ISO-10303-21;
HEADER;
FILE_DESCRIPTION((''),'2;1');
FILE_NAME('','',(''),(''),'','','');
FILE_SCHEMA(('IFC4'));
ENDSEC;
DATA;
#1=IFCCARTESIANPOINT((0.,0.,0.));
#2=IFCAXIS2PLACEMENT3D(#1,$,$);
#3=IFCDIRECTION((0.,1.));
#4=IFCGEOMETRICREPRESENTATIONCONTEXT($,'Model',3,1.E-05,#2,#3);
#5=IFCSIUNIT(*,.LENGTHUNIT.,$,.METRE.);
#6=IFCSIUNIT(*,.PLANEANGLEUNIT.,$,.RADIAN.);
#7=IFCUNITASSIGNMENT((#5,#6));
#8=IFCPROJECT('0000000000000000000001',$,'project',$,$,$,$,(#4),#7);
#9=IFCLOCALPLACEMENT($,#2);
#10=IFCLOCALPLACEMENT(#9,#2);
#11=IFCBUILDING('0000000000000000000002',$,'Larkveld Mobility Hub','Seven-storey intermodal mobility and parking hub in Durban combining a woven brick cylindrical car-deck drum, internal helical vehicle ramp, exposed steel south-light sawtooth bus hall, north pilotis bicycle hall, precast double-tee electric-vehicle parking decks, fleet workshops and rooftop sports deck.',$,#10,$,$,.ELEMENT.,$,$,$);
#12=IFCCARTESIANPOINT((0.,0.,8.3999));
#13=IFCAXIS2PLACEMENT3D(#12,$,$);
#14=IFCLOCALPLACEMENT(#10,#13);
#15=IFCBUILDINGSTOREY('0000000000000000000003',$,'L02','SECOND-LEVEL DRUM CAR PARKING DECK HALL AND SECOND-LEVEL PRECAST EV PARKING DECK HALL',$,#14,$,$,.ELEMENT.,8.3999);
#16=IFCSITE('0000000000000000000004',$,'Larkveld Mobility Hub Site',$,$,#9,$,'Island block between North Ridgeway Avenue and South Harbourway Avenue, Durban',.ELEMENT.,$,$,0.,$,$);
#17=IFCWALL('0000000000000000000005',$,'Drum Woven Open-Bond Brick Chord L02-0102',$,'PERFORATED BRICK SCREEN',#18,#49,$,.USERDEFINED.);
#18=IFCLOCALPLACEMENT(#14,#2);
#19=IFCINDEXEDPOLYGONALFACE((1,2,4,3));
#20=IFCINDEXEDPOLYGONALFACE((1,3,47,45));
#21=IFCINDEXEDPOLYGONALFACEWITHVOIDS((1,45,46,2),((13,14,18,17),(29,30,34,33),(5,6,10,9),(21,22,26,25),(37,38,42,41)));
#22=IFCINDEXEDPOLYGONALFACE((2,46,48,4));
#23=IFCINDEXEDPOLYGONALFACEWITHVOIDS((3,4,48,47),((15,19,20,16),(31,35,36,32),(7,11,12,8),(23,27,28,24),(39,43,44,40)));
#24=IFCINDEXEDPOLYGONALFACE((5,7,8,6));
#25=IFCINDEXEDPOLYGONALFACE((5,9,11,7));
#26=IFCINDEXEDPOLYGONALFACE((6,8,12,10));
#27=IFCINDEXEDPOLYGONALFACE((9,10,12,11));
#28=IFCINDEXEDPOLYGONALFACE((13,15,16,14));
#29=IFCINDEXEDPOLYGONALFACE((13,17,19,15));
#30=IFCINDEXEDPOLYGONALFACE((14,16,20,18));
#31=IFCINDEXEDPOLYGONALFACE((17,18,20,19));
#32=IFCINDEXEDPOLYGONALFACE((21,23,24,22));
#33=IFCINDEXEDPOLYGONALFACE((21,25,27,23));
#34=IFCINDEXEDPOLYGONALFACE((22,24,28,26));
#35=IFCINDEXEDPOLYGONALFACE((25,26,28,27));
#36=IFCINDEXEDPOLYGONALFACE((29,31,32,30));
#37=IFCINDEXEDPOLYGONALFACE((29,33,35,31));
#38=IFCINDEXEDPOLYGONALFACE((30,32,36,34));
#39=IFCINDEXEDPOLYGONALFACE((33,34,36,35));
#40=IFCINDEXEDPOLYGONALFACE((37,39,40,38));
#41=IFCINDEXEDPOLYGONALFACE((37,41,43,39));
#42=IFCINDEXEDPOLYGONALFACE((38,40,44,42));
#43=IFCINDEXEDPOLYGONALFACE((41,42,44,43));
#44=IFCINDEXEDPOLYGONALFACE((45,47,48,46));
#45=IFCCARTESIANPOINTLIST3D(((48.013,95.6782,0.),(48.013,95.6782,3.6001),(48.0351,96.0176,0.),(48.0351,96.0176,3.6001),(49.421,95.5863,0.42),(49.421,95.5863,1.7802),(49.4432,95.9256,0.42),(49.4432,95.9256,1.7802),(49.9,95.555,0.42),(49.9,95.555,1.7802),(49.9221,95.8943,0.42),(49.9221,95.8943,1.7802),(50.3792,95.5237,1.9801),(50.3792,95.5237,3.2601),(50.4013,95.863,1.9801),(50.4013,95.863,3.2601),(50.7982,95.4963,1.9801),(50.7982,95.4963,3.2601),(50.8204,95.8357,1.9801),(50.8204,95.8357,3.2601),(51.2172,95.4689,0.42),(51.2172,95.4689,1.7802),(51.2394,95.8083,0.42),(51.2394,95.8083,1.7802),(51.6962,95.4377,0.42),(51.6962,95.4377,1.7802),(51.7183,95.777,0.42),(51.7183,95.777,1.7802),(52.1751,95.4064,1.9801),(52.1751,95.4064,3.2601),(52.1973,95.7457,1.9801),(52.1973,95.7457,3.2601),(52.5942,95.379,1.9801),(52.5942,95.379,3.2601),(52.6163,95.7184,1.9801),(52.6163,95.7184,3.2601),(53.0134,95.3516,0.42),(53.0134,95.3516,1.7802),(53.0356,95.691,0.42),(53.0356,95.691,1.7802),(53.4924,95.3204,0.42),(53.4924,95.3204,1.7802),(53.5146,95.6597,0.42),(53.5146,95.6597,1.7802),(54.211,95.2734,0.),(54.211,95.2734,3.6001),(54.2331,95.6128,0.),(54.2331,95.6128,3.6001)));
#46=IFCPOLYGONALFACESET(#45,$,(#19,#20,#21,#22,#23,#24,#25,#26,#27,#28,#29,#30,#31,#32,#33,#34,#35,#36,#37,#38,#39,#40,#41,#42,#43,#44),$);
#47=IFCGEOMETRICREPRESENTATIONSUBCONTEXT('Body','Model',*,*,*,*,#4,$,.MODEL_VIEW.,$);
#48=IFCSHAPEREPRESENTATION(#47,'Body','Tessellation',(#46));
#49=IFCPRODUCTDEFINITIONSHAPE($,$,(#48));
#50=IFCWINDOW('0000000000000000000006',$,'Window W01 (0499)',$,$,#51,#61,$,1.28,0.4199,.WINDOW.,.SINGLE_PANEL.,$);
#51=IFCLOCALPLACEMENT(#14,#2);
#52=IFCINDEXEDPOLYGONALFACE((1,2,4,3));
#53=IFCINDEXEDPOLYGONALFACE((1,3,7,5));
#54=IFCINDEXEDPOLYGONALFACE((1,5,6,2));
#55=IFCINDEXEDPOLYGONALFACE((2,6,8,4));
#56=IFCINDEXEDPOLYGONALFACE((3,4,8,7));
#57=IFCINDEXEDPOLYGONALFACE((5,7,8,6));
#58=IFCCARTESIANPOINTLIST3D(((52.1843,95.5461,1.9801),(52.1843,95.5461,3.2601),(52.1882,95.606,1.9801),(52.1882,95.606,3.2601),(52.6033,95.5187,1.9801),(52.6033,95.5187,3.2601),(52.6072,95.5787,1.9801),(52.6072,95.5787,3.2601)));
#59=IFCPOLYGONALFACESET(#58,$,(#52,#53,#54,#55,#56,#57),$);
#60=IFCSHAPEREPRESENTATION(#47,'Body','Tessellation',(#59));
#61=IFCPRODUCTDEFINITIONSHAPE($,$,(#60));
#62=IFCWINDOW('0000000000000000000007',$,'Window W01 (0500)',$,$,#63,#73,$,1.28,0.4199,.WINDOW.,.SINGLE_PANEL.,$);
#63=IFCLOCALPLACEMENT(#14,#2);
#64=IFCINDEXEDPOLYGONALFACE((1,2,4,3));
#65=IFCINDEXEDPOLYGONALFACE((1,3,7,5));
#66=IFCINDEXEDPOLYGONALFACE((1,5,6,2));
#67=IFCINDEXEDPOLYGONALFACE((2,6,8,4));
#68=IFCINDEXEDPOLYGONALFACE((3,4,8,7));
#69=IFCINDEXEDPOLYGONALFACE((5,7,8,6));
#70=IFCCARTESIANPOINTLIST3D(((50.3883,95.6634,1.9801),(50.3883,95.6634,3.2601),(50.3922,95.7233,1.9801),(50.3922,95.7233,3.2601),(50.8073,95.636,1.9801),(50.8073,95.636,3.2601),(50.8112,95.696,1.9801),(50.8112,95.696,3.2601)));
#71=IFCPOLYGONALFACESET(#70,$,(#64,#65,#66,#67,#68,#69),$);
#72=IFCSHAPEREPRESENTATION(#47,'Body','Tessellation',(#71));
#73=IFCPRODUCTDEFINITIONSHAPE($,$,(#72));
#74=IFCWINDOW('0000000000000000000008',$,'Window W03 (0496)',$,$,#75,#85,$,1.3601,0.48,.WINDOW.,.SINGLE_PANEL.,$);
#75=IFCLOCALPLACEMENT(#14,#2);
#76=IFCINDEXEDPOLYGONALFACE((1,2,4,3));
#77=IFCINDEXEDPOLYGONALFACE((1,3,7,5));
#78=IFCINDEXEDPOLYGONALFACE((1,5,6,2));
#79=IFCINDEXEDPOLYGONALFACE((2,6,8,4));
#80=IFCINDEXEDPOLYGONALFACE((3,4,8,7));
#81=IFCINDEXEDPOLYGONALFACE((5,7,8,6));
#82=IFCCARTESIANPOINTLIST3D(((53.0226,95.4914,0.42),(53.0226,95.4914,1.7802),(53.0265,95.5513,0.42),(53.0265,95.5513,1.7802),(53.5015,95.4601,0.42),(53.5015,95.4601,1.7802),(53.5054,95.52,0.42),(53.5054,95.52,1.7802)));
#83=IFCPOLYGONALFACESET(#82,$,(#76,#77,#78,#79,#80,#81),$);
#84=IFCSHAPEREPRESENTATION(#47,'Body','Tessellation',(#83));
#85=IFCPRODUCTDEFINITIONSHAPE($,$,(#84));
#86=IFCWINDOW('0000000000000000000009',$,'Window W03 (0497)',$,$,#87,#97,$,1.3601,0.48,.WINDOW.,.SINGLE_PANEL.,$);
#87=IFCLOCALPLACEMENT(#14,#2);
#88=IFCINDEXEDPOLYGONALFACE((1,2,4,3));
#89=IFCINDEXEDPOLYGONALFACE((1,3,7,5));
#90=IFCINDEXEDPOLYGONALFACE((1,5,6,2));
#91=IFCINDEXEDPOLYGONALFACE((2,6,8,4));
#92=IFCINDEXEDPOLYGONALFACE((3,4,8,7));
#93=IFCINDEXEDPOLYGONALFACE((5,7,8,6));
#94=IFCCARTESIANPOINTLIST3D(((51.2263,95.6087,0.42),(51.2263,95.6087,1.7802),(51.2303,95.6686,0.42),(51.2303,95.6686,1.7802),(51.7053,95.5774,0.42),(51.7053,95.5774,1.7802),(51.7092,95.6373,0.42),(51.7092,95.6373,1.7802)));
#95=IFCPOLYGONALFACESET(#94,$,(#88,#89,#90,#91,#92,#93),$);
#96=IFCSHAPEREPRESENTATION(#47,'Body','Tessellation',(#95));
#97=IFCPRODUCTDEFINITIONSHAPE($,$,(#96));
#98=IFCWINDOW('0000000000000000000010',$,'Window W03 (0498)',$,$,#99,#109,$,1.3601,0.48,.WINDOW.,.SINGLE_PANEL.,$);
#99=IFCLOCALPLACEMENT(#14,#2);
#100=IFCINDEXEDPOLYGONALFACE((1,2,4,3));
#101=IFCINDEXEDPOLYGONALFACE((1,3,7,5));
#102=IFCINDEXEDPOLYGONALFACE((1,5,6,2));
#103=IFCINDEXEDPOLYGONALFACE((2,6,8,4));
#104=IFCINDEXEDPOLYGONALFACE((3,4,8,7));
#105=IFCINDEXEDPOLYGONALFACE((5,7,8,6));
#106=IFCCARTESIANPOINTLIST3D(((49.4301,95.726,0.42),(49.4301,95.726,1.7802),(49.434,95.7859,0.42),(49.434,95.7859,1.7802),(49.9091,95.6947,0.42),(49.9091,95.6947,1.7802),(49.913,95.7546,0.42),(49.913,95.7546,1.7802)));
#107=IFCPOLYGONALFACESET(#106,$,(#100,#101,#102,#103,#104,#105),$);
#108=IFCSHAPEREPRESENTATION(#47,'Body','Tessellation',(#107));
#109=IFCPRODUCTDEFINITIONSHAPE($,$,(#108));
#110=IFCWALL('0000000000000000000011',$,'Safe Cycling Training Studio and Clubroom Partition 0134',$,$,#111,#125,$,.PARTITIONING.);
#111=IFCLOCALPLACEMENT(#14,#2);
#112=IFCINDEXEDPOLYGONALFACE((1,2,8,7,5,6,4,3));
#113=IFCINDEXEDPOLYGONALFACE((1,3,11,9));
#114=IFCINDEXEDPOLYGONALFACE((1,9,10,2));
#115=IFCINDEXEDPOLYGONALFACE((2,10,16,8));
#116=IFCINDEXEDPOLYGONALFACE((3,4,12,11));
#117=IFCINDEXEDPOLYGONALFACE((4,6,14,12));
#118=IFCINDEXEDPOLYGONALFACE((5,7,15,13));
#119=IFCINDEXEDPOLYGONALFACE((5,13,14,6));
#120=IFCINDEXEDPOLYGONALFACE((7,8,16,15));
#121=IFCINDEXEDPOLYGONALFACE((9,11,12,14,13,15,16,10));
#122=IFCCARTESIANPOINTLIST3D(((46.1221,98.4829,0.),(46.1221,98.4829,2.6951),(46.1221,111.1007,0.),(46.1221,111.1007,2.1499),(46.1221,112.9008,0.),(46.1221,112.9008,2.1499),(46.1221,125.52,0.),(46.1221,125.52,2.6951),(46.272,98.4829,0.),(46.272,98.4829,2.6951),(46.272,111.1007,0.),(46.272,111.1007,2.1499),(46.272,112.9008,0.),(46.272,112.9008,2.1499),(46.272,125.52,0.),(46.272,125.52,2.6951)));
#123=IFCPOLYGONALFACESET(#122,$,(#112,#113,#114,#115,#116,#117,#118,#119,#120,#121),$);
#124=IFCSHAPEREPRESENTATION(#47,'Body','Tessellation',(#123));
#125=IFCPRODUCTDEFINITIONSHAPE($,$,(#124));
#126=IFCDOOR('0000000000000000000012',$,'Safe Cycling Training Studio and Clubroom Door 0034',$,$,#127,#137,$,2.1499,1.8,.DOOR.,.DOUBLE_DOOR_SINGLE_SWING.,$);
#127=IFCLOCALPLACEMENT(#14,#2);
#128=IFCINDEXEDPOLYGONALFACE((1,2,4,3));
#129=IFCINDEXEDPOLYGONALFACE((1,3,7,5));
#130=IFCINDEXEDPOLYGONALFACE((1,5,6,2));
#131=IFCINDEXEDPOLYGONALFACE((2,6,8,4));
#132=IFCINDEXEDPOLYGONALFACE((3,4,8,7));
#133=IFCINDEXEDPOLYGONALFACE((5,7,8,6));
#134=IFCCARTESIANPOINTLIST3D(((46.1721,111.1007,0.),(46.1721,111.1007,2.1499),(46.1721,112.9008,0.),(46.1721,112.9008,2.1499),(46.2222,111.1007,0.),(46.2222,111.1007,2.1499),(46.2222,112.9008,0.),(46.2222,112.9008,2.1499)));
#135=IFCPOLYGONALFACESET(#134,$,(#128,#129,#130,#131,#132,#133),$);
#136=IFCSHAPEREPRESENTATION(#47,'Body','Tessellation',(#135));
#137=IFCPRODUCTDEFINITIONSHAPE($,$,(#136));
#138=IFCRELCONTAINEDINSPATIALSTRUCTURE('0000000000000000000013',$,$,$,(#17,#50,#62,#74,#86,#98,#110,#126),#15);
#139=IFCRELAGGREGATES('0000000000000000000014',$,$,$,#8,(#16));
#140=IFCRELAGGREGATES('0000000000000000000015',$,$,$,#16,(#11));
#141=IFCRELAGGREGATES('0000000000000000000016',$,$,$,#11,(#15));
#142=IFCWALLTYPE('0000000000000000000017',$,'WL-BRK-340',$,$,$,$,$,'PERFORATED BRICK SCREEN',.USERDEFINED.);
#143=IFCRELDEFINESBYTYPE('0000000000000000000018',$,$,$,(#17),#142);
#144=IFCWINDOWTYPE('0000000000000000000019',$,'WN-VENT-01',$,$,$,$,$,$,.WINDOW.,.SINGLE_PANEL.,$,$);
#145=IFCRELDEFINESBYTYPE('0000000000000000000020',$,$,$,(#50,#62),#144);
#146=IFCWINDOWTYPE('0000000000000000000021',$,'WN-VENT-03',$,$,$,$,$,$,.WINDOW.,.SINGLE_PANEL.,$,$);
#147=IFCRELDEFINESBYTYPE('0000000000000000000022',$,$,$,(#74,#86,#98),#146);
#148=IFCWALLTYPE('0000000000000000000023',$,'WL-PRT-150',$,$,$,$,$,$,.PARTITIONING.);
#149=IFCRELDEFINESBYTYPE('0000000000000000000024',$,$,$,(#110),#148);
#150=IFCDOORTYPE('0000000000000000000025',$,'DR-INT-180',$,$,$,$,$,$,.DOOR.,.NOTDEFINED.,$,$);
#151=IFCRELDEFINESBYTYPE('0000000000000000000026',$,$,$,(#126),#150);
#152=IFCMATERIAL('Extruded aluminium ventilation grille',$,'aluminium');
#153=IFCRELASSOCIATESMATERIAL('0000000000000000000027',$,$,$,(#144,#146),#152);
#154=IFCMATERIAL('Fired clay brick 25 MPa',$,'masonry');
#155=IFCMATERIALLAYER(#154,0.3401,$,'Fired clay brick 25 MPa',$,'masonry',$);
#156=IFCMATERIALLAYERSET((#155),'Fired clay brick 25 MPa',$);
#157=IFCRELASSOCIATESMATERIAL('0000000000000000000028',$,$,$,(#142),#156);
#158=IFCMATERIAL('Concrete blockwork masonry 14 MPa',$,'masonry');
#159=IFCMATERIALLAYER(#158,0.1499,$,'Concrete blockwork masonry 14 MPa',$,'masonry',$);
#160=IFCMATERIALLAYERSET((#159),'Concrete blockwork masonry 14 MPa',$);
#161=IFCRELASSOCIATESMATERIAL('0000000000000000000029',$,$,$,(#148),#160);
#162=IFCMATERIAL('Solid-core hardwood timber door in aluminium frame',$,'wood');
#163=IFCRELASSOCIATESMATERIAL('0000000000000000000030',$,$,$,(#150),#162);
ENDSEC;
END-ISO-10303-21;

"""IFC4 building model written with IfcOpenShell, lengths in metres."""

from ifc_helpers import new_model, si_unit, direction, frame, frame_2d, origin, place, context, subcontext, project, spatial, rectangle, extrude, material, layer, layer_set, type_object, element, fill, save


model = new_model("IFC4")

# Units and contexts
model_context = context("Model", 3, precision=1e-05, world=origin(), true_north=direction((0.0, 1.0)))
body_context = subcontext(model_context, "Body", "Model", "MODEL_VIEW")
ifc_project = project(units=[si_unit("LENGTHUNIT", "METRE"), si_unit("PLANEANGLEUNIT", "RADIAN")], contexts=[model_context])

# Site, building, storey
site_placement = place(None, origin())
site = spatial("IfcSite", under=ifc_project, at=site_placement, Name="Larkveld Mobility Hub Site", LongName="Island block between North Ridgeway Avenue and South Harbourway Avenue, Durban", CompositionType="ELEMENT", RefElevation=0.0)
building_placement = place(site_placement, origin())
building = spatial("IfcBuilding", under=site, at=building_placement, Name="Larkveld Mobility Hub", Description="Seven-storey intermodal mobility and parking hub in Durban combining a woven brick cylindrical car-deck drum, internal helical vehicle ramp, exposed steel south-light sawtooth bus hall, north pilotis bicycle hall, precast double-tee electric-vehicle parking decks, fleet workshops and rooftop sports deck.", CompositionType="ELEMENT")
storey_placement = place(building_placement, frame((0.0, 0.0, 8.3999)))
storey = spatial("IfcBuildingStorey", under=building, at=storey_placement, Name="L02", Description="SECOND-LEVEL DRUM CAR PARKING DECK HALL AND SECOND-LEVEL PRECAST EV PARKING DECK HALL", CompositionType="ELEMENT", Elevation=8.3999)

# Wall, openings, windows
ifc_material_1 = material(Name="Fired clay brick 25 MPa", Category="masonry")
ifc_material_2 = material(Name="Extruded aluminium ventilation grille", Category="aluminium")
window_type_1 = type_object("IfcWindowType", Name="WN-VENT-01", PartitioningType="SINGLE_PANEL", PredefinedType="WINDOW", material=ifc_material_2)
ifc_layer_1 = layer(ifc_material_1, 0.3401, Name="Fired clay brick 25 MPa", Category="masonry")
ifc_layer_set_1 = layer_set([ifc_layer_1], Name="Fired clay brick 25 MPa")
wall_type_1 = type_object("IfcWallType", Name="WL-BRK-340", ElementType="PERFORATED BRICK SCREEN", PredefinedType="USERDEFINED", material=ifc_layer_set_1)
wall_1_placement = place(storey_placement, frame((54.2219, 95.4431, 0.0), z_axis=(0.0, 0.0, 1.0), x_axis=(-0.997874, 0.06517, 0.0)))
wall_1 = element("IfcWall", 1, at=wall_1_placement, inside=storey, type_object=wall_type_1, Name="Drum Woven Open-Bond Brick Chord L02-0102", ObjectType="PERFORATED BRICK SCREEN", PredefinedType="USERDEFINED", context=body_context, shape_type="SweptSolid", body=[
    extrude(rectangle(XDim=6.2112, YDim=0.3401, at=frame_2d((3.1055, 0.0))), origin(), (0.0, 0.0, 1.0), 3.6001),
])
opening_1_placement = place(wall_1_placement, frame((0.72, 0.0, 0.4199)))
opening_1 = element("IfcOpeningElement", 2, at=opening_1_placement, cuts=wall_1, PredefinedType="OPENING", context=body_context, shape_type="SweptSolid", body=[
    extrude(rectangle(XDim=0.48, YDim=1.3601, at=frame_2d((0.24, 0.6802))), frame((0.0, 0.1802, 0.0), z_axis=(0.0, -1.0, 0.0), x_axis=(1.0, 0.0, 0.0)), (0.0, 0.0, 1.0), 0.3601),
])
opening_2_placement = place(wall_1_placement, frame((2.52, 0.0, 0.4199)))
opening_2 = element("IfcOpeningElement", 3, at=opening_2_placement, cuts=wall_1, PredefinedType="OPENING", context=body_context, shape_type="SweptSolid", body=[
    extrude(rectangle(XDim=0.48, YDim=1.3601, at=frame_2d((0.24, 0.6802))), frame((0.0, 0.1802, 0.0), z_axis=(0.0, -1.0, 0.0), x_axis=(1.0, 0.0, 0.0)), (0.0, 0.0, 1.0), 0.3601),
])
opening_3_placement = place(wall_1_placement, frame((4.3201, 0.0, 0.4199)))
opening_3 = element("IfcOpeningElement", 4, at=opening_3_placement, cuts=wall_1, PredefinedType="OPENING", context=body_context, shape_type="SweptSolid", body=[
    extrude(rectangle(XDim=0.48, YDim=1.3601, at=frame_2d((0.24, 0.6802))), frame((0.0, 0.1802, 0.0), z_axis=(0.0, -1.0, 0.0), x_axis=(1.0, 0.0, 0.0)), (0.0, 0.0, 1.0), 0.3601),
])
opening_4_placement = place(wall_1_placement, frame((1.6201, 0.0, 1.98)))
opening_4 = element("IfcOpeningElement", 5, at=opening_4_placement, cuts=wall_1, PredefinedType="OPENING", context=body_context, shape_type="SweptSolid", body=[
    extrude(rectangle(XDim=0.4199, YDim=1.28, at=frame_2d((0.21, 0.6401))), frame((0.0, 0.1802, 0.0), z_axis=(0.0, -1.0, 0.0), x_axis=(1.0, 0.0, 0.0)), (0.0, 0.0, 1.0), 0.3601),
])
opening_5_placement = place(wall_1_placement, frame((3.4199, 0.0, 1.98)))
opening_5 = element("IfcOpeningElement", 6, at=opening_5_placement, cuts=wall_1, PredefinedType="OPENING", context=body_context, shape_type="SweptSolid", body=[
    extrude(rectangle(XDim=0.4199, YDim=1.28, at=frame_2d((0.21, 0.6401))), frame((0.0, 0.1802, 0.0), z_axis=(0.0, -1.0, 0.0), x_axis=(1.0, 0.0, 0.0)), (0.0, 0.0, 1.0), 0.3601),
])
window_1_placement = place(opening_4_placement, origin())
window_1 = element("IfcWindow", 7, at=window_1_placement, inside=storey, type_object=window_type_1, Name="Window W01 (0499)", OverallHeight=1.28, OverallWidth=0.4199, PartitioningType="SINGLE_PANEL", PredefinedType="WINDOW", context=body_context, shape_type="SweptSolid", body=[
    extrude(rectangle(XDim=0.4199, YDim=1.28, at=frame_2d((0.21, 0.6401))), frame((0.0, 0.03, 0.0), z_axis=(0.0, -1.0, 0.0), x_axis=(1.0, 0.0, 0.0)), (0.0, 0.0, 1.0), 0.0601),
])
fill(opening_4, window_1)
window_2_placement = place(opening_5_placement, origin())
window_2 = element("IfcWindow", 8, at=window_2_placement, inside=storey, type_object=window_type_1, Name="Window W01 (0500)", OverallHeight=1.28, OverallWidth=0.4199, PartitioningType="SINGLE_PANEL", PredefinedType="WINDOW", context=body_context, shape_type="SweptSolid", body=[
    extrude(rectangle(XDim=0.4199, YDim=1.28, at=frame_2d((0.21, 0.6401))), frame((0.0, 0.03, 0.0), z_axis=(0.0, -1.0, 0.0), x_axis=(1.0, 0.0, 0.0)), (0.0, 0.0, 1.0), 0.0601),
])
fill(opening_5, window_2)
window_type_2 = type_object("IfcWindowType", Name="WN-VENT-03", PartitioningType="SINGLE_PANEL", PredefinedType="WINDOW", material=ifc_material_2)
window_3_placement = place(opening_1_placement, origin())
window_3 = element("IfcWindow", 9, at=window_3_placement, inside=storey, type_object=window_type_2, Name="Window W03 (0496)", OverallHeight=1.3601, OverallWidth=0.48, PartitioningType="SINGLE_PANEL", PredefinedType="WINDOW", context=body_context, shape_type="SweptSolid", body=[
    extrude(rectangle(XDim=0.48, YDim=1.3601, at=frame_2d((0.24, 0.6802))), frame((0.0, 0.03, 0.0), z_axis=(0.0, -1.0, 0.0), x_axis=(1.0, 0.0, 0.0)), (0.0, 0.0, 1.0), 0.0601),
])
fill(opening_1, window_3)
window_4_placement = place(opening_2_placement, origin())
window_4 = element("IfcWindow", 10, at=window_4_placement, inside=storey, type_object=window_type_2, Name="Window W03 (0497)", OverallHeight=1.3601, OverallWidth=0.48, PartitioningType="SINGLE_PANEL", PredefinedType="WINDOW", context=body_context, shape_type="SweptSolid", body=[
    extrude(rectangle(XDim=0.48, YDim=1.3601, at=frame_2d((0.24, 0.6802))), frame((0.0, 0.03, 0.0), z_axis=(0.0, -1.0, 0.0), x_axis=(1.0, 0.0, 0.0)), (0.0, 0.0, 1.0), 0.0601),
])
fill(opening_2, window_4)
window_5_placement = place(opening_3_placement, origin())
window_5 = element("IfcWindow", 11, at=window_5_placement, inside=storey, type_object=window_type_2, Name="Window W03 (0498)", OverallHeight=1.3601, OverallWidth=0.48, PartitioningType="SINGLE_PANEL", PredefinedType="WINDOW", context=body_context, shape_type="SweptSolid", body=[
    extrude(rectangle(XDim=0.48, YDim=1.3601, at=frame_2d((0.24, 0.6802))), frame((0.0, 0.03, 0.0), z_axis=(0.0, -1.0, 0.0), x_axis=(1.0, 0.0, 0.0)), (0.0, 0.0, 1.0), 0.0601),
])
fill(opening_3, window_5)

# Wall, opening, door
ifc_material_3 = material(Name="Concrete blockwork masonry 14 MPa", Category="masonry")
ifc_layer_2 = layer(ifc_material_3, 0.1499, Name="Concrete blockwork masonry 14 MPa", Category="masonry")
ifc_layer_set_2 = layer_set([ifc_layer_2], Name="Concrete blockwork masonry 14 MPa")
wall_type_2 = type_object("IfcWallType", Name="WL-PRT-150", PredefinedType="PARTITIONING", material=ifc_layer_set_2)
wall_2_placement = place(storey_placement, frame((46.197, 98.4829, 0.0), z_axis=(0.0, 0.0, 1.0), x_axis=(0.0, 1.0, 0.0)))
wall_2 = element("IfcWall", 12, at=wall_2_placement, inside=storey, type_object=wall_type_2, Name="Safe Cycling Training Studio and Clubroom Partition 0134", PredefinedType="PARTITIONING", context=body_context, shape_type="SweptSolid", body=[
    extrude(rectangle(XDim=27.0371, YDim=0.1499, at=frame_2d((13.5186, 0.0))), origin(), (0.0, 0.0, 1.0), 2.6951),
])
opening_6_placement = place(wall_2_placement, frame((12.6179, 0.0, 0.0)))
opening_6 = element("IfcOpeningElement", 13, at=opening_6_placement, cuts=wall_2, PredefinedType="OPENING", context=body_context, shape_type="SweptSolid", body=[
    extrude(rectangle(XDim=1.8, YDim=2.1499, at=frame_2d((0.8999, 1.075))), frame((0.0, 0.085, 0.0), z_axis=(0.0, -1.0, 0.0), x_axis=(1.0, 0.0, 0.0)), (0.0, 0.0, 1.0), 0.1699),
])
ifc_material_4 = material(Name="Solid-core hardwood timber door in aluminium frame", Category="wood")
door_type = type_object("IfcDoorType", Name="DR-INT-180", OperationType="NOTDEFINED", PredefinedType="DOOR", material=ifc_material_4)
door_placement = place(opening_6_placement, origin())
door = element("IfcDoor", 14, at=door_placement, inside=storey, type_object=door_type, Name="Safe Cycling Training Studio and Clubroom Door 0034", OperationType="DOUBLE_DOOR_SINGLE_SWING", OverallHeight=2.1499, OverallWidth=1.8, PredefinedType="DOOR", context=body_context, shape_type="SweptSolid", body=[
    extrude(rectangle(XDim=1.8, YDim=2.1499, at=frame_2d((0.8999, 1.075))), frame((0.0, 0.0249, 0.0), z_axis=(0.0, -1.0, 0.0), x_axis=(1.0, 0.0, 0.0)), (0.0, 0.0, 1.0), 0.05),
])
fill(opening_6, door)

save(model, "model.ifc")
